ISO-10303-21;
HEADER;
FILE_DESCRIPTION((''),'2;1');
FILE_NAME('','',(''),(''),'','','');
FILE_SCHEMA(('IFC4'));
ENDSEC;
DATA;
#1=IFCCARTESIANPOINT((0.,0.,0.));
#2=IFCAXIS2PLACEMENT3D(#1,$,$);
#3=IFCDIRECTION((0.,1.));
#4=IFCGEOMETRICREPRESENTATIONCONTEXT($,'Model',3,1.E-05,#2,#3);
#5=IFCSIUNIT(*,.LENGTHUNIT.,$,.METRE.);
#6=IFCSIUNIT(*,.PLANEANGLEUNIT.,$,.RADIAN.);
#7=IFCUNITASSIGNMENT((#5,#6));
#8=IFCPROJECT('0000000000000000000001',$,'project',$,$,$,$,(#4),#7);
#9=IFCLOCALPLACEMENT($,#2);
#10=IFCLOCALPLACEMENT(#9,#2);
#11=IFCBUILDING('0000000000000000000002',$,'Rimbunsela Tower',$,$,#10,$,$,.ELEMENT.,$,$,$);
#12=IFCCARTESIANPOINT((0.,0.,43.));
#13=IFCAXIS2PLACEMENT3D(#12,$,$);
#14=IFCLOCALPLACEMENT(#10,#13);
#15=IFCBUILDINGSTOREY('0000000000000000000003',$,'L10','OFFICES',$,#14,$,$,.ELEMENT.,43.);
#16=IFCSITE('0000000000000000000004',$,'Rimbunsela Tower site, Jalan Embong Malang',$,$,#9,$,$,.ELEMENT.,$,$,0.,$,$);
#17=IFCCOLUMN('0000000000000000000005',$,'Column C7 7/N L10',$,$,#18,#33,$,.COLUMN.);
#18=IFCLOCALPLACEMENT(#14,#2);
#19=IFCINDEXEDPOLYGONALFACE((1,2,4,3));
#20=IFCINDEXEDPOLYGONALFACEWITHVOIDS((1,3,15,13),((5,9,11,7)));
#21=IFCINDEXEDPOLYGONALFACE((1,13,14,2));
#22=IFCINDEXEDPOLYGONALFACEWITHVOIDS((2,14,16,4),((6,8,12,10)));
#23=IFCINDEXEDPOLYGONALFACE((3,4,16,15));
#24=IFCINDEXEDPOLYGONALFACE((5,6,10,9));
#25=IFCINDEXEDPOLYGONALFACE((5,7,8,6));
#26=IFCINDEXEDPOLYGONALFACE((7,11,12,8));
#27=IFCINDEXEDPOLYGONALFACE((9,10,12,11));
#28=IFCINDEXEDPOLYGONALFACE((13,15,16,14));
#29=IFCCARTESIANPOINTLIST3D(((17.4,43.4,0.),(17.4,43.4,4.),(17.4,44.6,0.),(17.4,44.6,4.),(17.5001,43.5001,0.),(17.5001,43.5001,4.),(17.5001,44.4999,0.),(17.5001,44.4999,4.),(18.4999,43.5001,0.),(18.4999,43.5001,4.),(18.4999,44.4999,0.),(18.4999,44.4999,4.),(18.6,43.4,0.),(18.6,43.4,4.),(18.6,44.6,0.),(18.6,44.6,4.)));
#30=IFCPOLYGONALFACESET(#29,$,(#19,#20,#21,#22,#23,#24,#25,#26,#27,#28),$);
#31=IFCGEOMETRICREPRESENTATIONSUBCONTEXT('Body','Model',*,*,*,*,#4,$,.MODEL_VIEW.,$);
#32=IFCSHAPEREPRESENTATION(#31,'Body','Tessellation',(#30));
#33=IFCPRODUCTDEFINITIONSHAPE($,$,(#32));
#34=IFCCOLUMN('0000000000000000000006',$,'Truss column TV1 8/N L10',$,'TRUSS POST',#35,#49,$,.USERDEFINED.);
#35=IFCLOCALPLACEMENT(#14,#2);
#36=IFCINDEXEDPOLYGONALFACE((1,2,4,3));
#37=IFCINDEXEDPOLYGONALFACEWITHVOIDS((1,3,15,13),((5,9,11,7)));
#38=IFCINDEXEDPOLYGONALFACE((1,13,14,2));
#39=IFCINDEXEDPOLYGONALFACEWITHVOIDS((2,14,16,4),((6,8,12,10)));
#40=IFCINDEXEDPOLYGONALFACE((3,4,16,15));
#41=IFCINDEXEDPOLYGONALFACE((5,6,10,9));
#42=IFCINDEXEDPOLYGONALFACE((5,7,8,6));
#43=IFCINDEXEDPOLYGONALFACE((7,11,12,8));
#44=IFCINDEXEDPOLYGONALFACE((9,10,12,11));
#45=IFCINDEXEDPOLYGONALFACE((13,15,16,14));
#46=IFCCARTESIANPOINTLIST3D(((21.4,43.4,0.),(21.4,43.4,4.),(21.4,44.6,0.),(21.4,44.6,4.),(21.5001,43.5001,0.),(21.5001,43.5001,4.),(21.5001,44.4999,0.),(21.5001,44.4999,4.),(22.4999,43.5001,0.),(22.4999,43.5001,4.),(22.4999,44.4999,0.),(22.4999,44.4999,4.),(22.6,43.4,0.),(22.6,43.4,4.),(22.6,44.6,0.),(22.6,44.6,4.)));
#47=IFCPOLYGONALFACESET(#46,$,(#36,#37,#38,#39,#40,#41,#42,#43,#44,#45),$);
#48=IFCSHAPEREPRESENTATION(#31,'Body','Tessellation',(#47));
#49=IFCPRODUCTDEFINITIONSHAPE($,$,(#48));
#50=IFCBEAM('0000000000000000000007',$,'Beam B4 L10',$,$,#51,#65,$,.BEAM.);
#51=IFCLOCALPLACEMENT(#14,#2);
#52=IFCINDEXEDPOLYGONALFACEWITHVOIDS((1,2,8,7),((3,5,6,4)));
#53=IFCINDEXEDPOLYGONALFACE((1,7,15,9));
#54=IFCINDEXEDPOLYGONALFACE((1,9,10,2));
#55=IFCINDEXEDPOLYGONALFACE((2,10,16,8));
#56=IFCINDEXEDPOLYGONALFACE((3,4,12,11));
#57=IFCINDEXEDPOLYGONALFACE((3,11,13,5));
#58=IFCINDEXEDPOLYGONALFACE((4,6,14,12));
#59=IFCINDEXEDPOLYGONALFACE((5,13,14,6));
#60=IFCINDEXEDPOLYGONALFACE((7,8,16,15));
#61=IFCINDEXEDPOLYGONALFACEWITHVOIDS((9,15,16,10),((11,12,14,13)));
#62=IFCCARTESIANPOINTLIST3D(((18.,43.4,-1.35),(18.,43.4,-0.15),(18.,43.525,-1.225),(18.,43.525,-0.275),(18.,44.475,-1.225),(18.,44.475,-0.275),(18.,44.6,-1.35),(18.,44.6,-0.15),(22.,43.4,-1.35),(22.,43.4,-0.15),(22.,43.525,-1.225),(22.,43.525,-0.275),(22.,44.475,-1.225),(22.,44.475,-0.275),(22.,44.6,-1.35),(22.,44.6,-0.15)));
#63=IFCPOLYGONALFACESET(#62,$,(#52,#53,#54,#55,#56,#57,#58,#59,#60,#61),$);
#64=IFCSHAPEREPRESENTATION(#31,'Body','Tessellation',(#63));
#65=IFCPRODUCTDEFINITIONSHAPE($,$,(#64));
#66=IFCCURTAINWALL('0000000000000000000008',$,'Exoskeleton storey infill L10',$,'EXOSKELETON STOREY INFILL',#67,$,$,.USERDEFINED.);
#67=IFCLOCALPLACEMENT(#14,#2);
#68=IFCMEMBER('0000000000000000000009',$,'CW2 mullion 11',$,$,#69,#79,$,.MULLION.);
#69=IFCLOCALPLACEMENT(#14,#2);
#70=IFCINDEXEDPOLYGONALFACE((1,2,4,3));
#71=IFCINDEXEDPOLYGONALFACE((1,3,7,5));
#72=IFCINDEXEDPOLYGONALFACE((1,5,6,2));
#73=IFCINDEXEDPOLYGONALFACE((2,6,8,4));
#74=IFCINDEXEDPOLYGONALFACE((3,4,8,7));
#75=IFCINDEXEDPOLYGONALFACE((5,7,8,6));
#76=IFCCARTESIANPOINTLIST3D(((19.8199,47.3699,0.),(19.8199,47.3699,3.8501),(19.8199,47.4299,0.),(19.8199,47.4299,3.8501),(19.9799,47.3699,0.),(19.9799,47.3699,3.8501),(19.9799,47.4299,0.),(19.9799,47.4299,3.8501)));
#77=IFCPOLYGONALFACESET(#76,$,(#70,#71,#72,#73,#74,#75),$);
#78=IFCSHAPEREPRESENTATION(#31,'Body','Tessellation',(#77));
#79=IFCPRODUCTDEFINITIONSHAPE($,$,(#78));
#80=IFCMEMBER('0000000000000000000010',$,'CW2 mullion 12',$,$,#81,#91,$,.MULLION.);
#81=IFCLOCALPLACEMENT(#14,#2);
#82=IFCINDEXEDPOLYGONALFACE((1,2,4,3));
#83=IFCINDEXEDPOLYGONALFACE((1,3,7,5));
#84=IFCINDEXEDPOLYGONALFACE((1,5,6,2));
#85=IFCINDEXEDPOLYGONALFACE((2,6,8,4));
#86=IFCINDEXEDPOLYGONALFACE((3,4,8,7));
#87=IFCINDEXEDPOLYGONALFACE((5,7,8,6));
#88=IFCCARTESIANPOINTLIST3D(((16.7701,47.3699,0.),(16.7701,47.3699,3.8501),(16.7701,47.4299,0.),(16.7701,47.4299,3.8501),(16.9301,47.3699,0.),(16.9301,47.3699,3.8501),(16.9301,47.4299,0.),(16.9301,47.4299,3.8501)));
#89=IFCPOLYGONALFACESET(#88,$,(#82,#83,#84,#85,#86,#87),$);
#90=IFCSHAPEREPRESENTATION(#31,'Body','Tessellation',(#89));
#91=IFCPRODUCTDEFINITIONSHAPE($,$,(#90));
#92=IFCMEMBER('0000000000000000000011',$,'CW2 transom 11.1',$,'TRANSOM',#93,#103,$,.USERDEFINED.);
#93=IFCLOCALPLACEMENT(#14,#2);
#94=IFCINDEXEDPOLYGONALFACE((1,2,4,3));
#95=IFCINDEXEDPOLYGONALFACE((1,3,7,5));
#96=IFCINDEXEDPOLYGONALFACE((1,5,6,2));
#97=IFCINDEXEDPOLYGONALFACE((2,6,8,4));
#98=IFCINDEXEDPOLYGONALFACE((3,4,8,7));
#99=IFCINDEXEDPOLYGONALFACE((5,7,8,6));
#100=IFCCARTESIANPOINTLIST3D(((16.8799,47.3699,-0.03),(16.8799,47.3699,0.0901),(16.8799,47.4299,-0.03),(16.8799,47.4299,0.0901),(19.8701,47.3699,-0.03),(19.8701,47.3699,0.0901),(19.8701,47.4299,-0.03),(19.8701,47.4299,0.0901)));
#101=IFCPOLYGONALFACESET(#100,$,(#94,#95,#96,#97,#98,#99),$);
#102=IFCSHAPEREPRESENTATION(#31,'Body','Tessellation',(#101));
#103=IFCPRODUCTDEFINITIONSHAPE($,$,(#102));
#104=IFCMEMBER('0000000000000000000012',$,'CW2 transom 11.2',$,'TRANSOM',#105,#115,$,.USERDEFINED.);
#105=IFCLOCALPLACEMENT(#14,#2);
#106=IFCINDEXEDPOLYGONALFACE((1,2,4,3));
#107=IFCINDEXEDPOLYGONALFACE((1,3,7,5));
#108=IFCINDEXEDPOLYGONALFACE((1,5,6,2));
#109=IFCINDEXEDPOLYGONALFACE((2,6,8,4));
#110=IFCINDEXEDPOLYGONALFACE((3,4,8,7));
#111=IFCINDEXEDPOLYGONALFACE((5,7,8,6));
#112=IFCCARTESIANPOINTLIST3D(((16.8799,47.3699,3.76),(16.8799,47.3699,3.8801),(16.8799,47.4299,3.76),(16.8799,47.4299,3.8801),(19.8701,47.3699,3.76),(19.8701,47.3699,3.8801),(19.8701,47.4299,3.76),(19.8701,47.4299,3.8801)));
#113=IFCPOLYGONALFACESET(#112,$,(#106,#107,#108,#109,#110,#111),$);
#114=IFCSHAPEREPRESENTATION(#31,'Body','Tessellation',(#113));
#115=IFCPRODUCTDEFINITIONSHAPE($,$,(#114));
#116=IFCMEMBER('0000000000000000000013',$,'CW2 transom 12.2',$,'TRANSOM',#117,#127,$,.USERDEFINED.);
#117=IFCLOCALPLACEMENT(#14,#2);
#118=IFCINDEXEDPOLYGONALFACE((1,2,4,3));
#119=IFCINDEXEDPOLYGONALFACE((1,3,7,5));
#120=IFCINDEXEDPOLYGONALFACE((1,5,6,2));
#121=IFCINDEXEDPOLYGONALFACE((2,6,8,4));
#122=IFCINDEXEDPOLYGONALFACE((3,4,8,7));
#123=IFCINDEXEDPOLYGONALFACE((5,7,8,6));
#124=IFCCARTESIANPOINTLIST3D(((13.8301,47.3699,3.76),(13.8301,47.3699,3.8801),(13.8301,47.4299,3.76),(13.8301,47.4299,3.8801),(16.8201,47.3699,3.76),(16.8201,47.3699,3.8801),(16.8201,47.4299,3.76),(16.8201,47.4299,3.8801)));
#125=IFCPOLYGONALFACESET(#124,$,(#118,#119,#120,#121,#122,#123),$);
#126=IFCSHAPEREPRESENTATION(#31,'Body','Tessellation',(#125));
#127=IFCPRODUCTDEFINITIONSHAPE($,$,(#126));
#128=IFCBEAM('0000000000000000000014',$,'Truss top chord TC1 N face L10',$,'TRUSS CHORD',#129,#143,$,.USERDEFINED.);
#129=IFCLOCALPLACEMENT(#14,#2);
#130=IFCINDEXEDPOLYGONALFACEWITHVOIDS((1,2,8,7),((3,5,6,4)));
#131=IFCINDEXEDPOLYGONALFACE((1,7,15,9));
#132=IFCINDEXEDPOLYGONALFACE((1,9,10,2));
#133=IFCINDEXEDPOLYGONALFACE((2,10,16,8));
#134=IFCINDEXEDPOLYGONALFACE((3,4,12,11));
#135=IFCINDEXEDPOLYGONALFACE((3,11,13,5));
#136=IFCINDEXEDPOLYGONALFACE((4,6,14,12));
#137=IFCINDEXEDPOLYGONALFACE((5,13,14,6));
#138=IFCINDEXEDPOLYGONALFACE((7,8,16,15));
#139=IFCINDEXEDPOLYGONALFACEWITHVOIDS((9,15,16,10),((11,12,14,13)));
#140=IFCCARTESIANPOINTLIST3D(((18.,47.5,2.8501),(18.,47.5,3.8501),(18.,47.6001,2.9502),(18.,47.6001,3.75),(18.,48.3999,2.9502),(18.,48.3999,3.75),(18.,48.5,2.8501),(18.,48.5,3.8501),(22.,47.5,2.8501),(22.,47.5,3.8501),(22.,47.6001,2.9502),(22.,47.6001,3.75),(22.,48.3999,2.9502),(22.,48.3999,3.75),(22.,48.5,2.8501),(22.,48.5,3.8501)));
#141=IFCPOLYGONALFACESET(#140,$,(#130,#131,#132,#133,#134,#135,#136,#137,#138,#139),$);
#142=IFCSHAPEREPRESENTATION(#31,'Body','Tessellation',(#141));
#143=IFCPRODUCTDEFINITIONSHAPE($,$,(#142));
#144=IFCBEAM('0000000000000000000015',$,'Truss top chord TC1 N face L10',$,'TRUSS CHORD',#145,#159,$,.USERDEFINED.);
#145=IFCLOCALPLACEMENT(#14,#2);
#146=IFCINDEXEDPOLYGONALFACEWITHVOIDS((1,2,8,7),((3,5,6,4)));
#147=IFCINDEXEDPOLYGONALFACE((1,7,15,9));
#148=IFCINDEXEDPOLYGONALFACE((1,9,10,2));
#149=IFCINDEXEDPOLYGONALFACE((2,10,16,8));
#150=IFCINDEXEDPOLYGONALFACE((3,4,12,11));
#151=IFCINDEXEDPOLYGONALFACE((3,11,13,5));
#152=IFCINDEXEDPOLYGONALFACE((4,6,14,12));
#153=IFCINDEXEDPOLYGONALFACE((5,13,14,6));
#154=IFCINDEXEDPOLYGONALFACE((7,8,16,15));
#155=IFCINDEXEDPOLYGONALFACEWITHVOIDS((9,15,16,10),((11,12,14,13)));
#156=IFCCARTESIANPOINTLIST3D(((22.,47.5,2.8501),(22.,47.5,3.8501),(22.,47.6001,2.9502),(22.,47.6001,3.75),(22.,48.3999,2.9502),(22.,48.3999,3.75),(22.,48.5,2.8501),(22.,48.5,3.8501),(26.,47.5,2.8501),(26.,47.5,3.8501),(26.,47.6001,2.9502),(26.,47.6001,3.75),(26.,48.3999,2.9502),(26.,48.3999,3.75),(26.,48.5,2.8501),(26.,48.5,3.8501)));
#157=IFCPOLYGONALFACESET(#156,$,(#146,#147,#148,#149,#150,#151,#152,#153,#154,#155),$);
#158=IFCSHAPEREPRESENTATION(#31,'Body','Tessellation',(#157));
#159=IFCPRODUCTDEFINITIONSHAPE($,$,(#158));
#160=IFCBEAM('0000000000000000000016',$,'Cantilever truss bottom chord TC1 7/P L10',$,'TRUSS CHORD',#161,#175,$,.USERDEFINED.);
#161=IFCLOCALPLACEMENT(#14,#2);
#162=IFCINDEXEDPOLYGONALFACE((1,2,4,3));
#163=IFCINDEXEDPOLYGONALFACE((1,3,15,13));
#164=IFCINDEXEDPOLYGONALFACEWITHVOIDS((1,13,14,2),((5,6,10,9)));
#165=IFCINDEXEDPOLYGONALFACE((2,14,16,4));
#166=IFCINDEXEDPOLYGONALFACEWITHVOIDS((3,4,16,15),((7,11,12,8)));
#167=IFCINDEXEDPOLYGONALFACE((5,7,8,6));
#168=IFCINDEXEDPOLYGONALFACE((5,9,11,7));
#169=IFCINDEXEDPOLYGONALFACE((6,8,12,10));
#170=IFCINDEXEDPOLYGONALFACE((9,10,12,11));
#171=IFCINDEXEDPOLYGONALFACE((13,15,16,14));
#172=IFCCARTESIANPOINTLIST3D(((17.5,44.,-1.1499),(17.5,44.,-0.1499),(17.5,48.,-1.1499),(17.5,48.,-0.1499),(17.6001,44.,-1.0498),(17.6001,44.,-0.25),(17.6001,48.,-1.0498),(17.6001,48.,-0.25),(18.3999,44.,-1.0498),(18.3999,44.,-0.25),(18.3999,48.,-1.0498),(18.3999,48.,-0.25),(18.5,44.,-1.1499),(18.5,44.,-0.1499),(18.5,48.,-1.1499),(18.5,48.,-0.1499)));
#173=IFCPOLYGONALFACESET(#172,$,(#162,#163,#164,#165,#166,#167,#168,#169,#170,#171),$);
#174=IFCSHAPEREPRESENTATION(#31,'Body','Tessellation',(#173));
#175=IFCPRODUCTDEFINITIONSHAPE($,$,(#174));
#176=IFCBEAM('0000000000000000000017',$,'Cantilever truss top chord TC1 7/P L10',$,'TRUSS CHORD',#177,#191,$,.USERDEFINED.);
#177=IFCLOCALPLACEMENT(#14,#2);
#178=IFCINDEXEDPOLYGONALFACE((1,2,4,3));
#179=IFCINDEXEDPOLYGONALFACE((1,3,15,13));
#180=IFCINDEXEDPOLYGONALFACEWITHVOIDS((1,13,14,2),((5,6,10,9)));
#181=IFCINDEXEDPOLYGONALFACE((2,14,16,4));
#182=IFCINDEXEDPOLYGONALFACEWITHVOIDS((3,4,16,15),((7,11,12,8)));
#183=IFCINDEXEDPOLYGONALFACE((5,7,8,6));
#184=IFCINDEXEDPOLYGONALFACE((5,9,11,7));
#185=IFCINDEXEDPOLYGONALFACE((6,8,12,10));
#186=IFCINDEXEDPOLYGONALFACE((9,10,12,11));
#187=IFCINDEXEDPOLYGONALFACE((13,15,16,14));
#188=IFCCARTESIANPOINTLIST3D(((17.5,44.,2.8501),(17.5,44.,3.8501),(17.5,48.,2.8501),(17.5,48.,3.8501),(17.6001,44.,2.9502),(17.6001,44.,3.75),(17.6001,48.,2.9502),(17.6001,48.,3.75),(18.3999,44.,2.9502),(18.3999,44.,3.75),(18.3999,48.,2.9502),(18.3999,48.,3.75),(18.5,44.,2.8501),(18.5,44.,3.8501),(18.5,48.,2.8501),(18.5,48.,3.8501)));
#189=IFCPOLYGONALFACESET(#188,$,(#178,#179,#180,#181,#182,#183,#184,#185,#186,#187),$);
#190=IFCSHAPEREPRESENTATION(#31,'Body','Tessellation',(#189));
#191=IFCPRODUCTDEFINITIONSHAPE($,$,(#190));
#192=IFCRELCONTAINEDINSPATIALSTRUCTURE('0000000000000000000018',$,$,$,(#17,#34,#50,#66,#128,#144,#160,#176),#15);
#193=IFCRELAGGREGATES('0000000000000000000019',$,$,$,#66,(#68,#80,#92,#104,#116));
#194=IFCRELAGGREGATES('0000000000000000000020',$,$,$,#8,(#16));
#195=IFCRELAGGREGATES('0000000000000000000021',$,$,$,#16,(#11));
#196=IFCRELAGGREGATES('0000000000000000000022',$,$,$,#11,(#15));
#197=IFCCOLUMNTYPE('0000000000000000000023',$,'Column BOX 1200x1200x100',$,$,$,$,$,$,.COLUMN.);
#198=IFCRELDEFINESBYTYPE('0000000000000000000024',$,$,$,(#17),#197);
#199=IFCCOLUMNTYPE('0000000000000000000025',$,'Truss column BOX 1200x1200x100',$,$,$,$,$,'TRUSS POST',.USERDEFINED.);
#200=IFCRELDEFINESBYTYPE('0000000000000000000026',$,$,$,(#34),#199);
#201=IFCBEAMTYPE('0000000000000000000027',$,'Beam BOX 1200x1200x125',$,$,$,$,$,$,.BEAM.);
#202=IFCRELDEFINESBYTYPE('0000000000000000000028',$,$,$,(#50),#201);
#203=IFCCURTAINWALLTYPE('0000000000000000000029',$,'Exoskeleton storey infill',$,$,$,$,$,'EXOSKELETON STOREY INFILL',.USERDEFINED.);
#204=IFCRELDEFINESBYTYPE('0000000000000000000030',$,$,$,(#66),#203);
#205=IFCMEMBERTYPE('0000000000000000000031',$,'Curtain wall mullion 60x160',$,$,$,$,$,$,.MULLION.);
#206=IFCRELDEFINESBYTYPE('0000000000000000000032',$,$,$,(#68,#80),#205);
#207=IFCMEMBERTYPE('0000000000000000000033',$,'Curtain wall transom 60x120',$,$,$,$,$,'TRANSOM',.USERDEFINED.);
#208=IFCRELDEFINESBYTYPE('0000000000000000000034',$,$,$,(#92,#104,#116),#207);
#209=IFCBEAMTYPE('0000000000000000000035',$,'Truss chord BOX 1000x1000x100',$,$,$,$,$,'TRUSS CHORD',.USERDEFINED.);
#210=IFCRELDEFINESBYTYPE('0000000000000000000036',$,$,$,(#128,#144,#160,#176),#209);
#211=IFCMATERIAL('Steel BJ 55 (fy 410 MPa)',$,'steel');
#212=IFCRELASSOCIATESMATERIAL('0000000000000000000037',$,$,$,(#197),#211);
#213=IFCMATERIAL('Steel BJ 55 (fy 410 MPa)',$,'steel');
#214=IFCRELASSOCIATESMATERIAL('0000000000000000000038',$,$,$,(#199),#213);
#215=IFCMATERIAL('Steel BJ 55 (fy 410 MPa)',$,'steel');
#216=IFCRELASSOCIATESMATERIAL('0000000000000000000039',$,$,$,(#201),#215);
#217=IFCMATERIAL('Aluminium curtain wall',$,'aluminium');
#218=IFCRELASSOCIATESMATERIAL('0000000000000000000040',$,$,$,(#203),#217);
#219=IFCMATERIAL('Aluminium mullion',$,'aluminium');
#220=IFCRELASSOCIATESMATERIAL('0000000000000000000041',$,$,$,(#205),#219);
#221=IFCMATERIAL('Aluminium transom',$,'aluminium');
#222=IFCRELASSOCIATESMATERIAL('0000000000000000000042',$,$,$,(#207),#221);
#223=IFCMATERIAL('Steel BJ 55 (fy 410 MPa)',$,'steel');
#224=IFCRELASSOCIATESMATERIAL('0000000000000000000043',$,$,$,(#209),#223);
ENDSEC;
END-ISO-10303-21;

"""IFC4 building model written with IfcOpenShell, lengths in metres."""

from ifc_helpers import new_model, si_unit, direction, frame, origin, origin_2d, place, context, subcontext, project, spatial, rectangle, hollow_rectangle, extrude, material, material_profile, profile_set, type_object, element, aggregate, save


model = new_model("IFC4")

# Units and contexts
model_context = context("Model", 3, precision=1e-05, world=origin(), true_north=direction((0.0, 1.0)))
body_context = subcontext(model_context, "Body", "Model", "MODEL_VIEW")
ifc_project = project(units=[si_unit("LENGTHUNIT", "METRE"), si_unit("PLANEANGLEUNIT", "RADIAN")], contexts=[model_context])

# Site, building, storey
site_placement = place(None, origin())
site = spatial("IfcSite", under=ifc_project, at=site_placement, Name="Rimbunsela Tower site, Jalan Embong Malang", CompositionType="ELEMENT", RefElevation=0.0)
building_placement = place(site_placement, origin())
building = spatial("IfcBuilding", under=site, at=building_placement, Name="Rimbunsela Tower", CompositionType="ELEMENT")
storey_placement = place(building_placement, frame((0.0, 0.0, 43.0)))
storey = spatial("IfcBuildingStorey", under=building, at=storey_placement, Name="L10", Description="OFFICES", CompositionType="ELEMENT", Elevation=43.0)

# Columns
ifc_material_1 = material(Name="Steel BJ 55 (fy 410 MPa)", Category="steel")
ifc_material_profile_1 = material_profile(ifc_material_1, hollow_rectangle(XDim=1.2, YDim=1.2, WallThickness=0.1001, at=origin_2d()), Name="BOX 1200x1200x100")
ifc_profile_set_1 = profile_set([ifc_material_profile_1], Name="Steel BJ 55 (fy 410 MPa)")
column_type_1 = type_object("IfcColumnType", Name="Column BOX 1200x1200x100", PredefinedType="COLUMN", material=ifc_profile_set_1)
column_1_placement = place(storey_placement, frame((18.0, 44.0, 0.0), z_axis=(0.0, 0.0, 1.0), x_axis=(1.0, 0.0, 0.0)))
element("IfcColumn", 1, at=column_1_placement, inside=storey, type_object=column_type_1, Name="Column C7 7/N L10", PredefinedType="COLUMN", context=body_context, shape_type="SweptSolid", body=[
    extrude(hollow_rectangle(XDim=1.2, YDim=1.2, WallThickness=0.1001, at=origin_2d()), origin(), (0.0, 0.0, 1.0), 4.0),
])
ifc_material_2 = material(Name="Steel BJ 55 (fy 410 MPa)", Category="steel")
ifc_material_profile_2 = material_profile(ifc_material_2, hollow_rectangle(XDim=1.2, YDim=1.2, WallThickness=0.1001, at=origin_2d()), Name="BOX 1200x1200x100")
ifc_profile_set_2 = profile_set([ifc_material_profile_2], Name="Steel BJ 55 (fy 410 MPa)")
column_type_2 = type_object("IfcColumnType", Name="Truss column BOX 1200x1200x100", ElementType="TRUSS POST", PredefinedType="USERDEFINED", material=ifc_profile_set_2)
column_2_placement = place(storey_placement, frame((22.0, 44.0, 0.0), z_axis=(0.0, 0.0, 1.0), x_axis=(1.0, 0.0, 0.0)))
element("IfcColumn", 2, at=column_2_placement, inside=storey, type_object=column_type_2, Name="Truss column TV1 8/N L10", ObjectType="TRUSS POST", PredefinedType="USERDEFINED", context=body_context, shape_type="SweptSolid", body=[
    extrude(hollow_rectangle(XDim=1.2, YDim=1.2, WallThickness=0.1001, at=origin_2d()), origin(), (0.0, 0.0, 1.0), 4.0),
])

# Beam
ifc_material_3 = material(Name="Steel BJ 55 (fy 410 MPa)", Category="steel")
ifc_material_profile_3 = material_profile(ifc_material_3, hollow_rectangle(XDim=1.2, YDim=1.2, WallThickness=0.125, at=origin_2d()), Name="BOX 1200x1200x125")
ifc_profile_set_3 = profile_set([ifc_material_profile_3], Name="Steel BJ 55 (fy 410 MPa)")
beam_type_1 = type_object("IfcBeamType", Name="Beam BOX 1200x1200x125", PredefinedType="BEAM", material=ifc_profile_set_3)
beam_placement = place(storey_placement, frame((18.0, 44.0, -0.75), z_axis=(1.0, 0.0, 0.0), x_axis=(0.0, 1.0, 0.0)))
element("IfcBeam", 3, at=beam_placement, inside=storey, type_object=beam_type_1, Name="Beam B4 L10", PredefinedType="BEAM", context=body_context, shape_type="SweptSolid", body=[
    extrude(hollow_rectangle(XDim=1.2, YDim=1.2, WallThickness=0.125, at=origin_2d()), origin(), (0.0, 0.0, 1.0), 4.0),
])

# Curtain wall, members
ifc_material_4 = material(Name="Aluminium curtain wall", Category="aluminium")
curtain_wall_type = type_object("IfcCurtainWallType", Name="Exoskeleton storey infill", ElementType="EXOSKELETON STOREY INFILL", PredefinedType="USERDEFINED", material=ifc_material_4)
curtain_wall_placement = place(storey_placement, origin())
curtain_wall = element("IfcCurtainWall", 4, at=curtain_wall_placement, inside=storey, type_object=curtain_wall_type, Name="Exoskeleton storey infill L10", ObjectType="EXOSKELETON STOREY INFILL", PredefinedType="USERDEFINED")
ifc_material_5 = material(Name="Aluminium mullion", Category="aluminium")
ifc_material_profile_4 = material_profile(ifc_material_5, rectangle(XDim=0.0601, YDim=0.1599, at=origin_2d()), Name="Mullion 60x160")
ifc_profile_set_4 = profile_set([ifc_material_profile_4], Name="Aluminium mullion")
member_type_1 = type_object("IfcMemberType", Name="Curtain wall mullion 60x160", PredefinedType="MULLION", material=ifc_profile_set_4)
member_1_placement = place(storey_placement, frame((19.8999, 47.3999, 0.0), z_axis=(0.0, 0.0, 1.0), x_axis=(0.0, -1.0, 0.0)))
member_1 = element("IfcMember", 5, at=member_1_placement, type_object=member_type_1, Name="CW2 mullion 11", PredefinedType="MULLION", context=body_context, shape_type="SweptSolid", body=[
    extrude(rectangle(XDim=0.0601, YDim=0.1599, at=origin_2d()), origin(), (0.0, 0.0, 1.0), 3.8501),
])
member_2_placement = place(storey_placement, frame((16.8501, 47.3999, 0.0), z_axis=(0.0, 0.0, 1.0), x_axis=(0.0, -1.0, 0.0)))
member_2 = element("IfcMember", 6, at=member_2_placement, type_object=member_type_1, Name="CW2 mullion 12", PredefinedType="MULLION", context=body_context, shape_type="SweptSolid", body=[
    extrude(rectangle(XDim=0.0601, YDim=0.1599, at=origin_2d()), origin(), (0.0, 0.0, 1.0), 3.8501),
])
ifc_material_6 = material(Name="Aluminium transom", Category="aluminium")
ifc_material_profile_5 = material_profile(ifc_material_6, rectangle(XDim=0.0601, YDim=0.1201, at=origin_2d()), Name="Transom 60x120")
ifc_profile_set_5 = profile_set([ifc_material_profile_5], Name="Aluminium transom")
member_type_2 = type_object("IfcMemberType", Name="Curtain wall transom 60x120", ElementType="TRANSOM", PredefinedType="USERDEFINED", material=ifc_profile_set_5)
member_3_placement = place(storey_placement, frame((19.8701, 47.3999, 0.03), z_axis=(-1.0, 0.0, 0.0), x_axis=(0.0, -1.0, 0.0)))
member_3 = element("IfcMember", 7, at=member_3_placement, type_object=member_type_2, Name="CW2 transom 11.1", ObjectType="TRANSOM", PredefinedType="USERDEFINED", context=body_context, shape_type="SweptSolid", body=[
    extrude(rectangle(XDim=0.0601, YDim=0.1201, at=origin_2d()), origin(), (0.0, 0.0, 1.0), 2.9902),
])
member_4_placement = place(storey_placement, frame((19.8701, 47.3999, 3.8201), z_axis=(-1.0, 0.0, 0.0), x_axis=(0.0, -1.0, 0.0)))
member_4 = element("IfcMember", 8, at=member_4_placement, type_object=member_type_2, Name="CW2 transom 11.2", ObjectType="TRANSOM", PredefinedType="USERDEFINED", context=body_context, shape_type="SweptSolid", body=[
    extrude(rectangle(XDim=0.0601, YDim=0.1201, at=origin_2d()), origin(), (0.0, 0.0, 1.0), 2.9902),
])
member_5_placement = place(storey_placement, frame((16.8201, 47.3999, 3.8201), z_axis=(-1.0, 0.0, 0.0), x_axis=(0.0, -1.0, 0.0)))
member_5 = element("IfcMember", 9, at=member_5_placement, type_object=member_type_2, Name="CW2 transom 12.2", ObjectType="TRANSOM", PredefinedType="USERDEFINED", context=body_context, shape_type="SweptSolid", body=[
    extrude(rectangle(XDim=0.0601, YDim=0.1201, at=origin_2d()), origin(), (0.0, 0.0, 1.0), 2.99),
])

# Beams
ifc_material_7 = material(Name="Steel BJ 55 (fy 410 MPa)", Category="steel")
ifc_material_profile_6 = material_profile(ifc_material_7, hollow_rectangle(XDim=1.0, YDim=1.0, WallThickness=0.1001, at=origin_2d()), Name="BOX 1000x1000x100")
ifc_profile_set_6 = profile_set([ifc_material_profile_6], Name="Steel BJ 55 (fy 410 MPa)")
beam_type_2 = type_object("IfcBeamType", Name="Truss chord BOX 1000x1000x100", ElementType="TRUSS CHORD", PredefinedType="USERDEFINED", material=ifc_profile_set_6)
for number, where, z_axis, x_axis, name in (
    (10, (18.0, 48.0, 3.3501), (1.0, 0.0, 0.0), (0.0, 1.0, 0.0), "Truss top chord TC1 N face L10"),
    (11, (22.0, 48.0, 3.3501), (1.0, 0.0, 0.0), (0.0, 1.0, 0.0), "Truss top chord TC1 N face L10"),
    (12, (18.0, 44.0, -0.6499), (0.0, 1.0, 0.0), (-1.0, 0.0, 0.0), "Cantilever truss bottom chord TC1 7/P L10"),
    (13, (18.0, 44.0, 3.3501), (0.0, 1.0, 0.0), (-1.0, 0.0, 0.0), "Cantilever truss top chord TC1 7/P L10"),
):
    element("IfcBeam", number, at=place(storey_placement, frame(where, z_axis=z_axis, x_axis=x_axis)), inside=storey, type_object=beam_type_2, Name=name, ObjectType="TRUSS CHORD", PredefinedType="USERDEFINED", context=body_context, shape_type="SweptSolid", body=[
        extrude(hollow_rectangle(XDim=1.0, YDim=1.0, WallThickness=0.1001, at=origin_2d()), origin(), (0.0, 0.0, 1.0), 4.0),
    ])

aggregate(curtain_wall, [member_1, member_2, member_3, member_4, member_5])

save(model, "model.ifc")
